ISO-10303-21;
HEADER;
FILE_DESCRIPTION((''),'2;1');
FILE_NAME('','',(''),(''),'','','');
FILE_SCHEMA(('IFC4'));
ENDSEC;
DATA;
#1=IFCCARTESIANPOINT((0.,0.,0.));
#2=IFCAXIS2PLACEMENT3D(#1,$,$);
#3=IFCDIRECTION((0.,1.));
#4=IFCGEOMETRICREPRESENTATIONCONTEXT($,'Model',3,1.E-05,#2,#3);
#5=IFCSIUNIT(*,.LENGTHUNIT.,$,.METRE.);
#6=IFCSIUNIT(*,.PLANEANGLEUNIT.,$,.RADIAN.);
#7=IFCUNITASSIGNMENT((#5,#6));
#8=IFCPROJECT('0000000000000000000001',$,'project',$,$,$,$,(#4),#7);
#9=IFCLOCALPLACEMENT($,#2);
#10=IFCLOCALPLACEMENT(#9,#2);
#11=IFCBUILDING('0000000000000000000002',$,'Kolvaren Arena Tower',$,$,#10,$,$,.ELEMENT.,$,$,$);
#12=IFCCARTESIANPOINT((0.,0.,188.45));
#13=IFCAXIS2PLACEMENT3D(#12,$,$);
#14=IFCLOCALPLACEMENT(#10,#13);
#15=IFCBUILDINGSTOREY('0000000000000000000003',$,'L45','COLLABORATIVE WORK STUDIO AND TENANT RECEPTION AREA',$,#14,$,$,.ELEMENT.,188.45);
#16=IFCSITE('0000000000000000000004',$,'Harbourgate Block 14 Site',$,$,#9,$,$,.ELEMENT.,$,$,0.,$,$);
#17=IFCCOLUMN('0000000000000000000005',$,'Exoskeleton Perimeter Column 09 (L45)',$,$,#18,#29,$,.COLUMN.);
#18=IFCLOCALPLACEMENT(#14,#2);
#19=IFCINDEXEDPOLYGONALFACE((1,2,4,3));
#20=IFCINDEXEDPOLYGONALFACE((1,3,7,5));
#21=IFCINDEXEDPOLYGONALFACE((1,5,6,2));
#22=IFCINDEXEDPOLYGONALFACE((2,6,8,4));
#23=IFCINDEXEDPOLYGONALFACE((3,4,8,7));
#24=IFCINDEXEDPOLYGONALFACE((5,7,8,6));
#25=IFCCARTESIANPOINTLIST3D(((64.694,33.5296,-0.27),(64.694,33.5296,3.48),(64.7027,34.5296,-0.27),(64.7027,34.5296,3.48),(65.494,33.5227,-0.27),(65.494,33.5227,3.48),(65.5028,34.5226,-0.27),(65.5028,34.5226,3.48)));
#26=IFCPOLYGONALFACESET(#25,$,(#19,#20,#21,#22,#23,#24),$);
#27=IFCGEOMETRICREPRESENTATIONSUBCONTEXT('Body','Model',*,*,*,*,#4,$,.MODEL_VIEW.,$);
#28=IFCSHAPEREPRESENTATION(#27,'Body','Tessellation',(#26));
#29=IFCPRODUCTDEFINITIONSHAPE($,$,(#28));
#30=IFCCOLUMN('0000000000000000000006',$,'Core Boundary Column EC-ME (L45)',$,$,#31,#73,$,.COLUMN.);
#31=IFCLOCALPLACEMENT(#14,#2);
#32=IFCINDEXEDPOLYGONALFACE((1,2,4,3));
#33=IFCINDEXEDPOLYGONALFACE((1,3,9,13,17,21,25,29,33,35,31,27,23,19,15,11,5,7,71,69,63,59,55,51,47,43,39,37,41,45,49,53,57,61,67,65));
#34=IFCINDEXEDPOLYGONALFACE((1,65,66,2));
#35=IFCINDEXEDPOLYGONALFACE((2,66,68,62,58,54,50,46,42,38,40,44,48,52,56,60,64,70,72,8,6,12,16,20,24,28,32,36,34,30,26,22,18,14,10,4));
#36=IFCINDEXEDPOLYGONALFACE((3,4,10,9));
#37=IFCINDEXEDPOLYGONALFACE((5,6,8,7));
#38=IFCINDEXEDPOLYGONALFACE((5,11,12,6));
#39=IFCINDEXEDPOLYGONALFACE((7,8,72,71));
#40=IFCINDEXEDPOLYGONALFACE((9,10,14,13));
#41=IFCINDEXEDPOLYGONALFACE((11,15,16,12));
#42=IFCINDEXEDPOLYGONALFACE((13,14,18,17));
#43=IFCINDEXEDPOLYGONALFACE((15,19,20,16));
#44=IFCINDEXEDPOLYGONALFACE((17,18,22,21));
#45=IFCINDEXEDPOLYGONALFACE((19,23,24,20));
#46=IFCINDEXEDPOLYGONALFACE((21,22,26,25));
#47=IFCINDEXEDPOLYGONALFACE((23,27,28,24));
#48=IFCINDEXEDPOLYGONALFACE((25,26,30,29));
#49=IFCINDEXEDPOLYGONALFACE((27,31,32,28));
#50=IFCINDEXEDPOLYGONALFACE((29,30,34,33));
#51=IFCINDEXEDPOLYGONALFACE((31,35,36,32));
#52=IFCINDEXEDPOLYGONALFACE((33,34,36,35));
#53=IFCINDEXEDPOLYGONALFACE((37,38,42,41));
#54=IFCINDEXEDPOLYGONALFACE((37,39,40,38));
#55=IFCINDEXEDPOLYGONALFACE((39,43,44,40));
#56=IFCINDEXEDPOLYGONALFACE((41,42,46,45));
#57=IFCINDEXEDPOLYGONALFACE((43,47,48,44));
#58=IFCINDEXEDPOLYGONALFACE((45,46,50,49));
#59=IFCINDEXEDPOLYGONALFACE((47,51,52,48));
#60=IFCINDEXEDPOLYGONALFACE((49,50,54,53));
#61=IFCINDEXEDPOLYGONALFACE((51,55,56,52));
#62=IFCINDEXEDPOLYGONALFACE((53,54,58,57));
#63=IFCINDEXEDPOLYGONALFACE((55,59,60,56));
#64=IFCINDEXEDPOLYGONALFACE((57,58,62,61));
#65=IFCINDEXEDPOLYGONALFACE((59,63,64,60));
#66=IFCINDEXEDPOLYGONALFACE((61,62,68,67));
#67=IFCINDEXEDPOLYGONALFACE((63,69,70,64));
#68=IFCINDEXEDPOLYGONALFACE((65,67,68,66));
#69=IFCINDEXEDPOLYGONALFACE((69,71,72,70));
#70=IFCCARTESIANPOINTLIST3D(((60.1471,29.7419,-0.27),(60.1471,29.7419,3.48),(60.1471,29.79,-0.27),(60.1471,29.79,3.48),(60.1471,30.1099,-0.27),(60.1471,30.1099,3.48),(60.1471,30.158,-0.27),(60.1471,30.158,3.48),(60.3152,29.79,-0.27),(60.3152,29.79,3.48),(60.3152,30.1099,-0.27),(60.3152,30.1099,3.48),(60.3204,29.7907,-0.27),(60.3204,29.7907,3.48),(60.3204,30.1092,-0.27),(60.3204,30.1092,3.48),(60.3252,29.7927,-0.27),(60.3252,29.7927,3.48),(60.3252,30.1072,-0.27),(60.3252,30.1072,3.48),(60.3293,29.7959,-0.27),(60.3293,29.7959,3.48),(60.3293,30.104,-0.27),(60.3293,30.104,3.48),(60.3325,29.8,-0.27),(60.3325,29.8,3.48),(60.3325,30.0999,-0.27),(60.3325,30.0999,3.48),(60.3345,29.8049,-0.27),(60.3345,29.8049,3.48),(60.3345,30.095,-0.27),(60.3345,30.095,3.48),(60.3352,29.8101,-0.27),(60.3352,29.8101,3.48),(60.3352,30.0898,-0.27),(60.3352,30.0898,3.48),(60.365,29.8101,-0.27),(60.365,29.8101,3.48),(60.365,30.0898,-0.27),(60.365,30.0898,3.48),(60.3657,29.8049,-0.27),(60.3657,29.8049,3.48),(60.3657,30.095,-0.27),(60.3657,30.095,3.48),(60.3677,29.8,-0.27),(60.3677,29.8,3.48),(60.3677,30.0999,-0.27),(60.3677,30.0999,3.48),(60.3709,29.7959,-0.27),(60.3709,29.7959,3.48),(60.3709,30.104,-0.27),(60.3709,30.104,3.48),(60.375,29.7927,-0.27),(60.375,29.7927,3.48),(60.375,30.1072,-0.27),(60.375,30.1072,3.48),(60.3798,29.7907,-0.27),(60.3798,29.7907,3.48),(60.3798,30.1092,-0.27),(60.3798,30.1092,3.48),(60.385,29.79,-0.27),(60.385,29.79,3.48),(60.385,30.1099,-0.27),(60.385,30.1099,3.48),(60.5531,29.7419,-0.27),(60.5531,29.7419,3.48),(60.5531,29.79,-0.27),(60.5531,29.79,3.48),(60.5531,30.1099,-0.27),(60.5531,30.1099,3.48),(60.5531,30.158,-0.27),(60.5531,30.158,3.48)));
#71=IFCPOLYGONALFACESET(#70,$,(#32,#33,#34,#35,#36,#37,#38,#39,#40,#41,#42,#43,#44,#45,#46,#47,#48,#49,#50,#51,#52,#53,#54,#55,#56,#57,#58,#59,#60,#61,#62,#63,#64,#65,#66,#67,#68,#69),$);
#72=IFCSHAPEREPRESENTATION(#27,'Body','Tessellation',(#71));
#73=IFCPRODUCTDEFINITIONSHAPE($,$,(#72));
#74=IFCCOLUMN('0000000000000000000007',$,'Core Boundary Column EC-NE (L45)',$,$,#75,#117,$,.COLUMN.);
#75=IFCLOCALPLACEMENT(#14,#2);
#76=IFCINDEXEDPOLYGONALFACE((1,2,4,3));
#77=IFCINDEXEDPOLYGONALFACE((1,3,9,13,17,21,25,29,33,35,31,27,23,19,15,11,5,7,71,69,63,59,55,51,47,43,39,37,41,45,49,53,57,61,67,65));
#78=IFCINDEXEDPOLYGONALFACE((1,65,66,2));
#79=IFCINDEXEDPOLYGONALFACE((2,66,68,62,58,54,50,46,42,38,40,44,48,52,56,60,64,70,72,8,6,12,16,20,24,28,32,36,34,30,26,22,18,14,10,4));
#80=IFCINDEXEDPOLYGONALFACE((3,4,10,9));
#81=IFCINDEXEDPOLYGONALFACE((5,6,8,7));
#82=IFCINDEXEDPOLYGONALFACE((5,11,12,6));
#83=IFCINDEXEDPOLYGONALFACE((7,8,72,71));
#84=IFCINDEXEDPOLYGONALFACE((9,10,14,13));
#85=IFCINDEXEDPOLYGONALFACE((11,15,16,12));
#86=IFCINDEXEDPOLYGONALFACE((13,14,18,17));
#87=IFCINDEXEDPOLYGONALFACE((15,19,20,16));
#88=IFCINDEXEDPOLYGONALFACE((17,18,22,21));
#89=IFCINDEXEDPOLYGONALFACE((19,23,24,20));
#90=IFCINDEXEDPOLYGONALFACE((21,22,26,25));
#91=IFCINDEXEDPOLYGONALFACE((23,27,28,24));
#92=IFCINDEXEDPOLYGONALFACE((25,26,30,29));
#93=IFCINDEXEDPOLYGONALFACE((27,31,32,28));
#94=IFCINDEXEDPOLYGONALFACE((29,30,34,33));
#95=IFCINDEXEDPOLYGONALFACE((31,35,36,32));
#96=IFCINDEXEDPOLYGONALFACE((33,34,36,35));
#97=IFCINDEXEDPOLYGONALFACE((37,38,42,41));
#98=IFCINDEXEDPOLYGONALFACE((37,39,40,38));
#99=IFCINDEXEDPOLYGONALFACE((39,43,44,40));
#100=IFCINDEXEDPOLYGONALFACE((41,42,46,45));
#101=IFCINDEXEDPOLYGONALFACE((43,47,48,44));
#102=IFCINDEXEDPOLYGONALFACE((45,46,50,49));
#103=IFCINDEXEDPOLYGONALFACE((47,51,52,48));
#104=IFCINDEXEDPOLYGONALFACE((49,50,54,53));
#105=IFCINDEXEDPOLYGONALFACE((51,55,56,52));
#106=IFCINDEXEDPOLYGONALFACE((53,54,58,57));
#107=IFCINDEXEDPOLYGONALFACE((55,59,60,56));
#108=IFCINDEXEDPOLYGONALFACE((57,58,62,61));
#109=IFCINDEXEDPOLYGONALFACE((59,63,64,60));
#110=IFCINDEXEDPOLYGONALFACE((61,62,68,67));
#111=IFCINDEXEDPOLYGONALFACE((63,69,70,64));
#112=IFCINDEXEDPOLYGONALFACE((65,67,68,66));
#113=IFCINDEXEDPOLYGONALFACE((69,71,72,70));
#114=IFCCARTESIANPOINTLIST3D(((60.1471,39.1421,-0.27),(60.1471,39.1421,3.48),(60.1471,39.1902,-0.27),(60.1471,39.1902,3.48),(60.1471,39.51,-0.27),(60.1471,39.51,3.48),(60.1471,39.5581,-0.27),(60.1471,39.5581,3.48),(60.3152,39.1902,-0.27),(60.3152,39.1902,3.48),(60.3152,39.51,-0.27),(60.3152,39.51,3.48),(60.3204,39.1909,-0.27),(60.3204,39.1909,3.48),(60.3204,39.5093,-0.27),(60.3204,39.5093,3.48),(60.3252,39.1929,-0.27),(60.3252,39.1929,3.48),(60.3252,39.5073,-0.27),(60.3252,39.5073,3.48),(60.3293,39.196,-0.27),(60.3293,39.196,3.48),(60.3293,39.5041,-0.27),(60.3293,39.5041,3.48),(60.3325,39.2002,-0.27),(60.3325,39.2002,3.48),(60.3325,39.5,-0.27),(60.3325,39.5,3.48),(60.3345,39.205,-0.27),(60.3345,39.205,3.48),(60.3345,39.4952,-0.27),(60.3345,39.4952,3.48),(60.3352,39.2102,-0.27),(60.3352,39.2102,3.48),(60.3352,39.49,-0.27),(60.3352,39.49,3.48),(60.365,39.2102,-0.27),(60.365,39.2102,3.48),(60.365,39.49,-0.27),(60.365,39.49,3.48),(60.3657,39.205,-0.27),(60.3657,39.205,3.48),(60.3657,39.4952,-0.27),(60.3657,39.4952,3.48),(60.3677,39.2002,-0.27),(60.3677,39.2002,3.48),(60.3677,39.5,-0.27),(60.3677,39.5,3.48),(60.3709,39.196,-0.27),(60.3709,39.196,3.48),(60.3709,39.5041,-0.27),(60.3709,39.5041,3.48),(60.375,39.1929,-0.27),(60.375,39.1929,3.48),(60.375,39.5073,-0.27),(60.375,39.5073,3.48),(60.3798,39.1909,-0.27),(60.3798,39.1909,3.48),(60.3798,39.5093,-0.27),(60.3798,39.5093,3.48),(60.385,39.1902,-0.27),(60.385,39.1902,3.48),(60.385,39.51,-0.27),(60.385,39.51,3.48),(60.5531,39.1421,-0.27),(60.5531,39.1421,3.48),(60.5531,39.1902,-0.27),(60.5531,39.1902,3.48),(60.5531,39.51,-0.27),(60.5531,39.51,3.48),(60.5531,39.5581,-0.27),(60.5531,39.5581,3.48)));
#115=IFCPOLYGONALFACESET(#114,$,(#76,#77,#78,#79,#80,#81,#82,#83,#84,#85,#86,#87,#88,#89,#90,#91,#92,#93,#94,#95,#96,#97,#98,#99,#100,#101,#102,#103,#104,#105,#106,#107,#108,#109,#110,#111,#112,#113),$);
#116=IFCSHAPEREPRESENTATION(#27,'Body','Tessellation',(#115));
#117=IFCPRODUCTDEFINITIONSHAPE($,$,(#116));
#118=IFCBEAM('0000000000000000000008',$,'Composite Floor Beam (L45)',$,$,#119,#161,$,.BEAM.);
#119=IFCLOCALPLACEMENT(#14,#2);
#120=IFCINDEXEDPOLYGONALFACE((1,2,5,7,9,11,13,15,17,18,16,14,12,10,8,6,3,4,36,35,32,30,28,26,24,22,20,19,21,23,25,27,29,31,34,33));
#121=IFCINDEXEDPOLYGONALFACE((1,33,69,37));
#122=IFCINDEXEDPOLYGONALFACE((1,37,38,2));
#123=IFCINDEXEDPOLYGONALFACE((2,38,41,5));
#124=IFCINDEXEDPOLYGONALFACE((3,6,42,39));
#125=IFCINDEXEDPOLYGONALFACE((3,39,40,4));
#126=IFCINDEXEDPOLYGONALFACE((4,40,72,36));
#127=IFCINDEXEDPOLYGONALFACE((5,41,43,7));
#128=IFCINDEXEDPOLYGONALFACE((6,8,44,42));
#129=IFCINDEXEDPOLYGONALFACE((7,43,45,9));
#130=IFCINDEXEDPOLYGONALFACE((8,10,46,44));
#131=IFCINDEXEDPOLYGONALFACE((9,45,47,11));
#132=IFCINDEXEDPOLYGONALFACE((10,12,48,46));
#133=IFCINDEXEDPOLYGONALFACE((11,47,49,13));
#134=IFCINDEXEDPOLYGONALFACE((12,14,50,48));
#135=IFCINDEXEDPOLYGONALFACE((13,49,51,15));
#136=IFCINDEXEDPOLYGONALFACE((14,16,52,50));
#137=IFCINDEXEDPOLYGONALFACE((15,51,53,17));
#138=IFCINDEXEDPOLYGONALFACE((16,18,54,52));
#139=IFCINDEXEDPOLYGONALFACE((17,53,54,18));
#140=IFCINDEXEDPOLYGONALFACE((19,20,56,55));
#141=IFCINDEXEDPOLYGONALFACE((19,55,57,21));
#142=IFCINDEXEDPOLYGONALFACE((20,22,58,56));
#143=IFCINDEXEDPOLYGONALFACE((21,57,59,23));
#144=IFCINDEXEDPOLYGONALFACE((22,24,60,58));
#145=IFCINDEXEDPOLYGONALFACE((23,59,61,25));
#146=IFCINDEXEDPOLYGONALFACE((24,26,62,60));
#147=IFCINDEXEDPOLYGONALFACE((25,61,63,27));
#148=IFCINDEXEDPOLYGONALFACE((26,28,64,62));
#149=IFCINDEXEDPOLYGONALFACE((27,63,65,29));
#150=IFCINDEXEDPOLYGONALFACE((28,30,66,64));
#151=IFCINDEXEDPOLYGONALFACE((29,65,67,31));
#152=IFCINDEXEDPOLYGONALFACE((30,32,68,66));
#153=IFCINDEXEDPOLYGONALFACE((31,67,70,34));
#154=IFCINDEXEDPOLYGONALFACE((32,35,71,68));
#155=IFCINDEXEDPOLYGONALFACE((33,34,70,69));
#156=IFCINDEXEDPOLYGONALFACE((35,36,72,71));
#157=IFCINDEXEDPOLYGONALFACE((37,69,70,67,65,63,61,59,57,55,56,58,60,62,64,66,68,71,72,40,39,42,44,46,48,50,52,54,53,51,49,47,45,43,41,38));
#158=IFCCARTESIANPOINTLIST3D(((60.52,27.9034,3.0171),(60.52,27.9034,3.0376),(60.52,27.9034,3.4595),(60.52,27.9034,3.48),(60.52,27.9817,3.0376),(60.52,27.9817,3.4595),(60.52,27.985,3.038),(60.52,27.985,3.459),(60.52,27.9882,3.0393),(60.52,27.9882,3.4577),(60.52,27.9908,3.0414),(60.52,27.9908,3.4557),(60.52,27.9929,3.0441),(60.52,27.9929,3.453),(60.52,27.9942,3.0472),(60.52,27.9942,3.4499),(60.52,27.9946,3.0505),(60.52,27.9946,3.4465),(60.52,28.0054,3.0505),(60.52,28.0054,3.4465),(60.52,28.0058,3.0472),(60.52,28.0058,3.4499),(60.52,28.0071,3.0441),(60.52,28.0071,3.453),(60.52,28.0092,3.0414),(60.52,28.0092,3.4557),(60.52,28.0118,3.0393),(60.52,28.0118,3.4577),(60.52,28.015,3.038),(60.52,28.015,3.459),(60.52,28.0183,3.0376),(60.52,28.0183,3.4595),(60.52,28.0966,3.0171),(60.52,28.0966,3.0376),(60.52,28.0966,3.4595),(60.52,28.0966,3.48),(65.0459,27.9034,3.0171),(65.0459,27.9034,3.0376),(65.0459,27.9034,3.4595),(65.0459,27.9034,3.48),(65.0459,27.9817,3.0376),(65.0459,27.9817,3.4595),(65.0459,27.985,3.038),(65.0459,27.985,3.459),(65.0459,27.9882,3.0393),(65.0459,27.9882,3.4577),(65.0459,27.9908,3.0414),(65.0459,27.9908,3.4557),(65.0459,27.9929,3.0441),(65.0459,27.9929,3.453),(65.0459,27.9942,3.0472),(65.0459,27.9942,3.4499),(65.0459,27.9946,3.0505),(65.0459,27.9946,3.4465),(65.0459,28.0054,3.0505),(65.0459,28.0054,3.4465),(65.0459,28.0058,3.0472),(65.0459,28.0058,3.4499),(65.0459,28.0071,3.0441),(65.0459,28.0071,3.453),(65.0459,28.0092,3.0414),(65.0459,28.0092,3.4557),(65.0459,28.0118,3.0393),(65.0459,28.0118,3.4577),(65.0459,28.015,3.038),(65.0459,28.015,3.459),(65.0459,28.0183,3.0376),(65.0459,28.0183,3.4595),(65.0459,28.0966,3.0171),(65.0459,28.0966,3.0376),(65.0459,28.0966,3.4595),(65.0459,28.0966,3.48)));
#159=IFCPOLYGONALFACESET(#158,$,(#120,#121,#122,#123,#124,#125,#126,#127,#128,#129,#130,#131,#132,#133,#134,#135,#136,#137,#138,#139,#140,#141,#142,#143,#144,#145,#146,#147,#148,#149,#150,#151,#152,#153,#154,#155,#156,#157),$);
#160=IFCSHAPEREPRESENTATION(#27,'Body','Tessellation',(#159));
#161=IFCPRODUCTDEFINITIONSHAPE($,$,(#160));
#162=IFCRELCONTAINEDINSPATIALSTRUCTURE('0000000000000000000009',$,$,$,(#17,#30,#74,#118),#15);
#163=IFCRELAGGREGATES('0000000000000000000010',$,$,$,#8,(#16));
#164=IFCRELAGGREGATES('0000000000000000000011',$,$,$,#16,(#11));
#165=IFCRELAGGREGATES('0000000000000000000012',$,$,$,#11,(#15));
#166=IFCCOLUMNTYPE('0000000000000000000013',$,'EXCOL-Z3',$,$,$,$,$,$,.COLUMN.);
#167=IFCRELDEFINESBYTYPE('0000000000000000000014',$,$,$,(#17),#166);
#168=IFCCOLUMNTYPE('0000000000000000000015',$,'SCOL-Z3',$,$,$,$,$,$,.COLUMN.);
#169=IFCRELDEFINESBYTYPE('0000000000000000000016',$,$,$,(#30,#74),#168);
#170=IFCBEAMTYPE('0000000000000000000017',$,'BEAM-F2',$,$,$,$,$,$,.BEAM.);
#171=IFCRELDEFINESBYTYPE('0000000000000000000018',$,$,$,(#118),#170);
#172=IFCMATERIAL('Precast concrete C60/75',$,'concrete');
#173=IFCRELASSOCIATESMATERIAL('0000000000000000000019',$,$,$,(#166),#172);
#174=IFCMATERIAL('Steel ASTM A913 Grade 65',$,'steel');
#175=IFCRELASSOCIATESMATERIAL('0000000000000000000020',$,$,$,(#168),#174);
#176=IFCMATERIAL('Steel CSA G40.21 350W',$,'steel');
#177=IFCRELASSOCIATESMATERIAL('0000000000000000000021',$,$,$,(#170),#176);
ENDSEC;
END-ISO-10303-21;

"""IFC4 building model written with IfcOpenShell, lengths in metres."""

from ifc_helpers import new_model, si_unit, direction, frame, origin, origin_2d, place, context, subcontext, project, spatial, rectangle, i_section, extrude, material, material_profile, profile_set, type_object, element, save


model = new_model("IFC4")

# Units and contexts
model_context = context("Model", 3, precision=1e-05, world=origin(), true_north=direction((0.0, 1.0)))
body_context = subcontext(model_context, "Body", "Model", "MODEL_VIEW")
ifc_project = project(units=[si_unit("LENGTHUNIT", "METRE"), si_unit("PLANEANGLEUNIT", "RADIAN")], contexts=[model_context])

# Site, building, storey
site_placement = place(None, origin())
site = spatial("IfcSite", under=ifc_project, at=site_placement, Name="Harbourgate Block 14 Site", CompositionType="ELEMENT", RefElevation=0.0)
building_placement = place(site_placement, origin())
building = spatial("IfcBuilding", under=site, at=building_placement, Name="Kolvaren Arena Tower", CompositionType="ELEMENT")
storey_placement = place(building_placement, frame((0.0, 0.0, 188.45)))
storey = spatial("IfcBuildingStorey", under=building, at=storey_placement, Name="L45", Description="COLLABORATIVE WORK STUDIO AND TENANT RECEPTION AREA", CompositionType="ELEMENT", Elevation=188.45)

# Columns
ifc_material_1 = material(Name="Precast concrete C60/75", Category="concrete")
ifc_material_profile_1 = material_profile(ifc_material_1, rectangle(XDim=1.0, YDim=0.8, at=origin_2d()), Name="RC-1000x800")
ifc_profile_set_1 = profile_set([ifc_material_profile_1], Name="Precast concrete C60/75")
column_type_1 = type_object("IfcColumnType", Name="EXCOL-Z3", PredefinedType="COLUMN", material=ifc_profile_set_1)
column_placement = place(storey_placement, frame((65.0984, 34.0261, -0.27), z_axis=(0.0, 0.0, 1.0), x_axis=(0.008727, 0.999962, 0.0)))
element("IfcColumn", 1, at=column_placement, inside=storey, type_object=column_type_1, Name="Exoskeleton Perimeter Column 09 (L45)", PredefinedType="COLUMN", context=body_context, shape_type="SweptSolid", body=[
    extrude(rectangle(XDim=1.0, YDim=0.8, at=origin_2d()), origin(), (0.0, 0.0, 1.0), 3.75),
])
ifc_material_2 = material(Name="Steel ASTM A913 Grade 65", Category="steel")
ifc_material_profile_2 = material_profile(ifc_material_2, i_section(OverallWidth=0.406, OverallDepth=0.416, WebThickness=0.0298, FlangeThickness=0.0481, FilletRadius=0.02, at=origin_2d()), Name="W360x382")
ifc_profile_set_2 = profile_set([ifc_material_profile_2], Name="Steel ASTM A913 Grade 65")
column_type_2 = type_object("IfcColumnType", Name="SCOL-Z3", PredefinedType="COLUMN", material=ifc_profile_set_2)
for number, where, z_axis, x_axis, name in (
    (2, (60.3501, 29.95, -0.27), (0.0, 0.0, 1.0), (1.0, 0.0, 0.0), "Core Boundary Column EC-ME (L45)"),
    (3, (60.3501, 39.3501, -0.27), (0.0, 0.0, 1.0), (1.0, 0.0, 0.0), "Core Boundary Column EC-NE (L45)"),
):
    element("IfcColumn", number, at=place(storey_placement, frame(where, z_axis=z_axis, x_axis=x_axis)), inside=storey, type_object=column_type_2, Name=name, PredefinedType="COLUMN", context=body_context, shape_type="SweptSolid", body=[
        extrude(i_section(OverallWidth=0.406, OverallDepth=0.416, WebThickness=0.0298, FlangeThickness=0.0481, FilletRadius=0.02, at=origin_2d()), origin(), (0.0, 0.0, 1.0), 3.75),
    ])

# Beam
ifc_material_3 = material(Name="Steel CSA G40.21 350W", Category="steel")
ifc_material_profile_3 = material_profile(ifc_material_3, i_section(OverallWidth=0.1931, OverallDepth=0.4629, WebThickness=0.0107, FlangeThickness=0.0205, FilletRadius=0.0129, at=origin_2d()), Name="W460x113")
ifc_profile_set_3 = profile_set([ifc_material_profile_3], Name="Steel CSA G40.21 350W")
beam_type_1 = type_object("IfcBeamType", Name="BEAM-F2", PredefinedType="BEAM", material=ifc_profile_set_3)
beam_1_placement = place(storey_placement, frame((60.52, 28.0, 3.2485), z_axis=(1.0, 0.0, 0.0), x_axis=(0.0, 1.0, 0.0)))
element("IfcBeam", 4, at=beam_1_placement, inside=storey, type_object=beam_type_1, Name="Composite Floor Beam (L45)", PredefinedType="BEAM", context=body_context, shape_type="SweptSolid", body=[
    extrude(i_section(OverallWidth=0.1931, OverallDepth=0.4629, WebThickness=0.0107, FlangeThickness=0.0205, FilletRadius=0.0129, at=origin_2d()), origin(), (0.0, 0.0, 1.0), 4.5259),
])

save(model, "model.ifc")
